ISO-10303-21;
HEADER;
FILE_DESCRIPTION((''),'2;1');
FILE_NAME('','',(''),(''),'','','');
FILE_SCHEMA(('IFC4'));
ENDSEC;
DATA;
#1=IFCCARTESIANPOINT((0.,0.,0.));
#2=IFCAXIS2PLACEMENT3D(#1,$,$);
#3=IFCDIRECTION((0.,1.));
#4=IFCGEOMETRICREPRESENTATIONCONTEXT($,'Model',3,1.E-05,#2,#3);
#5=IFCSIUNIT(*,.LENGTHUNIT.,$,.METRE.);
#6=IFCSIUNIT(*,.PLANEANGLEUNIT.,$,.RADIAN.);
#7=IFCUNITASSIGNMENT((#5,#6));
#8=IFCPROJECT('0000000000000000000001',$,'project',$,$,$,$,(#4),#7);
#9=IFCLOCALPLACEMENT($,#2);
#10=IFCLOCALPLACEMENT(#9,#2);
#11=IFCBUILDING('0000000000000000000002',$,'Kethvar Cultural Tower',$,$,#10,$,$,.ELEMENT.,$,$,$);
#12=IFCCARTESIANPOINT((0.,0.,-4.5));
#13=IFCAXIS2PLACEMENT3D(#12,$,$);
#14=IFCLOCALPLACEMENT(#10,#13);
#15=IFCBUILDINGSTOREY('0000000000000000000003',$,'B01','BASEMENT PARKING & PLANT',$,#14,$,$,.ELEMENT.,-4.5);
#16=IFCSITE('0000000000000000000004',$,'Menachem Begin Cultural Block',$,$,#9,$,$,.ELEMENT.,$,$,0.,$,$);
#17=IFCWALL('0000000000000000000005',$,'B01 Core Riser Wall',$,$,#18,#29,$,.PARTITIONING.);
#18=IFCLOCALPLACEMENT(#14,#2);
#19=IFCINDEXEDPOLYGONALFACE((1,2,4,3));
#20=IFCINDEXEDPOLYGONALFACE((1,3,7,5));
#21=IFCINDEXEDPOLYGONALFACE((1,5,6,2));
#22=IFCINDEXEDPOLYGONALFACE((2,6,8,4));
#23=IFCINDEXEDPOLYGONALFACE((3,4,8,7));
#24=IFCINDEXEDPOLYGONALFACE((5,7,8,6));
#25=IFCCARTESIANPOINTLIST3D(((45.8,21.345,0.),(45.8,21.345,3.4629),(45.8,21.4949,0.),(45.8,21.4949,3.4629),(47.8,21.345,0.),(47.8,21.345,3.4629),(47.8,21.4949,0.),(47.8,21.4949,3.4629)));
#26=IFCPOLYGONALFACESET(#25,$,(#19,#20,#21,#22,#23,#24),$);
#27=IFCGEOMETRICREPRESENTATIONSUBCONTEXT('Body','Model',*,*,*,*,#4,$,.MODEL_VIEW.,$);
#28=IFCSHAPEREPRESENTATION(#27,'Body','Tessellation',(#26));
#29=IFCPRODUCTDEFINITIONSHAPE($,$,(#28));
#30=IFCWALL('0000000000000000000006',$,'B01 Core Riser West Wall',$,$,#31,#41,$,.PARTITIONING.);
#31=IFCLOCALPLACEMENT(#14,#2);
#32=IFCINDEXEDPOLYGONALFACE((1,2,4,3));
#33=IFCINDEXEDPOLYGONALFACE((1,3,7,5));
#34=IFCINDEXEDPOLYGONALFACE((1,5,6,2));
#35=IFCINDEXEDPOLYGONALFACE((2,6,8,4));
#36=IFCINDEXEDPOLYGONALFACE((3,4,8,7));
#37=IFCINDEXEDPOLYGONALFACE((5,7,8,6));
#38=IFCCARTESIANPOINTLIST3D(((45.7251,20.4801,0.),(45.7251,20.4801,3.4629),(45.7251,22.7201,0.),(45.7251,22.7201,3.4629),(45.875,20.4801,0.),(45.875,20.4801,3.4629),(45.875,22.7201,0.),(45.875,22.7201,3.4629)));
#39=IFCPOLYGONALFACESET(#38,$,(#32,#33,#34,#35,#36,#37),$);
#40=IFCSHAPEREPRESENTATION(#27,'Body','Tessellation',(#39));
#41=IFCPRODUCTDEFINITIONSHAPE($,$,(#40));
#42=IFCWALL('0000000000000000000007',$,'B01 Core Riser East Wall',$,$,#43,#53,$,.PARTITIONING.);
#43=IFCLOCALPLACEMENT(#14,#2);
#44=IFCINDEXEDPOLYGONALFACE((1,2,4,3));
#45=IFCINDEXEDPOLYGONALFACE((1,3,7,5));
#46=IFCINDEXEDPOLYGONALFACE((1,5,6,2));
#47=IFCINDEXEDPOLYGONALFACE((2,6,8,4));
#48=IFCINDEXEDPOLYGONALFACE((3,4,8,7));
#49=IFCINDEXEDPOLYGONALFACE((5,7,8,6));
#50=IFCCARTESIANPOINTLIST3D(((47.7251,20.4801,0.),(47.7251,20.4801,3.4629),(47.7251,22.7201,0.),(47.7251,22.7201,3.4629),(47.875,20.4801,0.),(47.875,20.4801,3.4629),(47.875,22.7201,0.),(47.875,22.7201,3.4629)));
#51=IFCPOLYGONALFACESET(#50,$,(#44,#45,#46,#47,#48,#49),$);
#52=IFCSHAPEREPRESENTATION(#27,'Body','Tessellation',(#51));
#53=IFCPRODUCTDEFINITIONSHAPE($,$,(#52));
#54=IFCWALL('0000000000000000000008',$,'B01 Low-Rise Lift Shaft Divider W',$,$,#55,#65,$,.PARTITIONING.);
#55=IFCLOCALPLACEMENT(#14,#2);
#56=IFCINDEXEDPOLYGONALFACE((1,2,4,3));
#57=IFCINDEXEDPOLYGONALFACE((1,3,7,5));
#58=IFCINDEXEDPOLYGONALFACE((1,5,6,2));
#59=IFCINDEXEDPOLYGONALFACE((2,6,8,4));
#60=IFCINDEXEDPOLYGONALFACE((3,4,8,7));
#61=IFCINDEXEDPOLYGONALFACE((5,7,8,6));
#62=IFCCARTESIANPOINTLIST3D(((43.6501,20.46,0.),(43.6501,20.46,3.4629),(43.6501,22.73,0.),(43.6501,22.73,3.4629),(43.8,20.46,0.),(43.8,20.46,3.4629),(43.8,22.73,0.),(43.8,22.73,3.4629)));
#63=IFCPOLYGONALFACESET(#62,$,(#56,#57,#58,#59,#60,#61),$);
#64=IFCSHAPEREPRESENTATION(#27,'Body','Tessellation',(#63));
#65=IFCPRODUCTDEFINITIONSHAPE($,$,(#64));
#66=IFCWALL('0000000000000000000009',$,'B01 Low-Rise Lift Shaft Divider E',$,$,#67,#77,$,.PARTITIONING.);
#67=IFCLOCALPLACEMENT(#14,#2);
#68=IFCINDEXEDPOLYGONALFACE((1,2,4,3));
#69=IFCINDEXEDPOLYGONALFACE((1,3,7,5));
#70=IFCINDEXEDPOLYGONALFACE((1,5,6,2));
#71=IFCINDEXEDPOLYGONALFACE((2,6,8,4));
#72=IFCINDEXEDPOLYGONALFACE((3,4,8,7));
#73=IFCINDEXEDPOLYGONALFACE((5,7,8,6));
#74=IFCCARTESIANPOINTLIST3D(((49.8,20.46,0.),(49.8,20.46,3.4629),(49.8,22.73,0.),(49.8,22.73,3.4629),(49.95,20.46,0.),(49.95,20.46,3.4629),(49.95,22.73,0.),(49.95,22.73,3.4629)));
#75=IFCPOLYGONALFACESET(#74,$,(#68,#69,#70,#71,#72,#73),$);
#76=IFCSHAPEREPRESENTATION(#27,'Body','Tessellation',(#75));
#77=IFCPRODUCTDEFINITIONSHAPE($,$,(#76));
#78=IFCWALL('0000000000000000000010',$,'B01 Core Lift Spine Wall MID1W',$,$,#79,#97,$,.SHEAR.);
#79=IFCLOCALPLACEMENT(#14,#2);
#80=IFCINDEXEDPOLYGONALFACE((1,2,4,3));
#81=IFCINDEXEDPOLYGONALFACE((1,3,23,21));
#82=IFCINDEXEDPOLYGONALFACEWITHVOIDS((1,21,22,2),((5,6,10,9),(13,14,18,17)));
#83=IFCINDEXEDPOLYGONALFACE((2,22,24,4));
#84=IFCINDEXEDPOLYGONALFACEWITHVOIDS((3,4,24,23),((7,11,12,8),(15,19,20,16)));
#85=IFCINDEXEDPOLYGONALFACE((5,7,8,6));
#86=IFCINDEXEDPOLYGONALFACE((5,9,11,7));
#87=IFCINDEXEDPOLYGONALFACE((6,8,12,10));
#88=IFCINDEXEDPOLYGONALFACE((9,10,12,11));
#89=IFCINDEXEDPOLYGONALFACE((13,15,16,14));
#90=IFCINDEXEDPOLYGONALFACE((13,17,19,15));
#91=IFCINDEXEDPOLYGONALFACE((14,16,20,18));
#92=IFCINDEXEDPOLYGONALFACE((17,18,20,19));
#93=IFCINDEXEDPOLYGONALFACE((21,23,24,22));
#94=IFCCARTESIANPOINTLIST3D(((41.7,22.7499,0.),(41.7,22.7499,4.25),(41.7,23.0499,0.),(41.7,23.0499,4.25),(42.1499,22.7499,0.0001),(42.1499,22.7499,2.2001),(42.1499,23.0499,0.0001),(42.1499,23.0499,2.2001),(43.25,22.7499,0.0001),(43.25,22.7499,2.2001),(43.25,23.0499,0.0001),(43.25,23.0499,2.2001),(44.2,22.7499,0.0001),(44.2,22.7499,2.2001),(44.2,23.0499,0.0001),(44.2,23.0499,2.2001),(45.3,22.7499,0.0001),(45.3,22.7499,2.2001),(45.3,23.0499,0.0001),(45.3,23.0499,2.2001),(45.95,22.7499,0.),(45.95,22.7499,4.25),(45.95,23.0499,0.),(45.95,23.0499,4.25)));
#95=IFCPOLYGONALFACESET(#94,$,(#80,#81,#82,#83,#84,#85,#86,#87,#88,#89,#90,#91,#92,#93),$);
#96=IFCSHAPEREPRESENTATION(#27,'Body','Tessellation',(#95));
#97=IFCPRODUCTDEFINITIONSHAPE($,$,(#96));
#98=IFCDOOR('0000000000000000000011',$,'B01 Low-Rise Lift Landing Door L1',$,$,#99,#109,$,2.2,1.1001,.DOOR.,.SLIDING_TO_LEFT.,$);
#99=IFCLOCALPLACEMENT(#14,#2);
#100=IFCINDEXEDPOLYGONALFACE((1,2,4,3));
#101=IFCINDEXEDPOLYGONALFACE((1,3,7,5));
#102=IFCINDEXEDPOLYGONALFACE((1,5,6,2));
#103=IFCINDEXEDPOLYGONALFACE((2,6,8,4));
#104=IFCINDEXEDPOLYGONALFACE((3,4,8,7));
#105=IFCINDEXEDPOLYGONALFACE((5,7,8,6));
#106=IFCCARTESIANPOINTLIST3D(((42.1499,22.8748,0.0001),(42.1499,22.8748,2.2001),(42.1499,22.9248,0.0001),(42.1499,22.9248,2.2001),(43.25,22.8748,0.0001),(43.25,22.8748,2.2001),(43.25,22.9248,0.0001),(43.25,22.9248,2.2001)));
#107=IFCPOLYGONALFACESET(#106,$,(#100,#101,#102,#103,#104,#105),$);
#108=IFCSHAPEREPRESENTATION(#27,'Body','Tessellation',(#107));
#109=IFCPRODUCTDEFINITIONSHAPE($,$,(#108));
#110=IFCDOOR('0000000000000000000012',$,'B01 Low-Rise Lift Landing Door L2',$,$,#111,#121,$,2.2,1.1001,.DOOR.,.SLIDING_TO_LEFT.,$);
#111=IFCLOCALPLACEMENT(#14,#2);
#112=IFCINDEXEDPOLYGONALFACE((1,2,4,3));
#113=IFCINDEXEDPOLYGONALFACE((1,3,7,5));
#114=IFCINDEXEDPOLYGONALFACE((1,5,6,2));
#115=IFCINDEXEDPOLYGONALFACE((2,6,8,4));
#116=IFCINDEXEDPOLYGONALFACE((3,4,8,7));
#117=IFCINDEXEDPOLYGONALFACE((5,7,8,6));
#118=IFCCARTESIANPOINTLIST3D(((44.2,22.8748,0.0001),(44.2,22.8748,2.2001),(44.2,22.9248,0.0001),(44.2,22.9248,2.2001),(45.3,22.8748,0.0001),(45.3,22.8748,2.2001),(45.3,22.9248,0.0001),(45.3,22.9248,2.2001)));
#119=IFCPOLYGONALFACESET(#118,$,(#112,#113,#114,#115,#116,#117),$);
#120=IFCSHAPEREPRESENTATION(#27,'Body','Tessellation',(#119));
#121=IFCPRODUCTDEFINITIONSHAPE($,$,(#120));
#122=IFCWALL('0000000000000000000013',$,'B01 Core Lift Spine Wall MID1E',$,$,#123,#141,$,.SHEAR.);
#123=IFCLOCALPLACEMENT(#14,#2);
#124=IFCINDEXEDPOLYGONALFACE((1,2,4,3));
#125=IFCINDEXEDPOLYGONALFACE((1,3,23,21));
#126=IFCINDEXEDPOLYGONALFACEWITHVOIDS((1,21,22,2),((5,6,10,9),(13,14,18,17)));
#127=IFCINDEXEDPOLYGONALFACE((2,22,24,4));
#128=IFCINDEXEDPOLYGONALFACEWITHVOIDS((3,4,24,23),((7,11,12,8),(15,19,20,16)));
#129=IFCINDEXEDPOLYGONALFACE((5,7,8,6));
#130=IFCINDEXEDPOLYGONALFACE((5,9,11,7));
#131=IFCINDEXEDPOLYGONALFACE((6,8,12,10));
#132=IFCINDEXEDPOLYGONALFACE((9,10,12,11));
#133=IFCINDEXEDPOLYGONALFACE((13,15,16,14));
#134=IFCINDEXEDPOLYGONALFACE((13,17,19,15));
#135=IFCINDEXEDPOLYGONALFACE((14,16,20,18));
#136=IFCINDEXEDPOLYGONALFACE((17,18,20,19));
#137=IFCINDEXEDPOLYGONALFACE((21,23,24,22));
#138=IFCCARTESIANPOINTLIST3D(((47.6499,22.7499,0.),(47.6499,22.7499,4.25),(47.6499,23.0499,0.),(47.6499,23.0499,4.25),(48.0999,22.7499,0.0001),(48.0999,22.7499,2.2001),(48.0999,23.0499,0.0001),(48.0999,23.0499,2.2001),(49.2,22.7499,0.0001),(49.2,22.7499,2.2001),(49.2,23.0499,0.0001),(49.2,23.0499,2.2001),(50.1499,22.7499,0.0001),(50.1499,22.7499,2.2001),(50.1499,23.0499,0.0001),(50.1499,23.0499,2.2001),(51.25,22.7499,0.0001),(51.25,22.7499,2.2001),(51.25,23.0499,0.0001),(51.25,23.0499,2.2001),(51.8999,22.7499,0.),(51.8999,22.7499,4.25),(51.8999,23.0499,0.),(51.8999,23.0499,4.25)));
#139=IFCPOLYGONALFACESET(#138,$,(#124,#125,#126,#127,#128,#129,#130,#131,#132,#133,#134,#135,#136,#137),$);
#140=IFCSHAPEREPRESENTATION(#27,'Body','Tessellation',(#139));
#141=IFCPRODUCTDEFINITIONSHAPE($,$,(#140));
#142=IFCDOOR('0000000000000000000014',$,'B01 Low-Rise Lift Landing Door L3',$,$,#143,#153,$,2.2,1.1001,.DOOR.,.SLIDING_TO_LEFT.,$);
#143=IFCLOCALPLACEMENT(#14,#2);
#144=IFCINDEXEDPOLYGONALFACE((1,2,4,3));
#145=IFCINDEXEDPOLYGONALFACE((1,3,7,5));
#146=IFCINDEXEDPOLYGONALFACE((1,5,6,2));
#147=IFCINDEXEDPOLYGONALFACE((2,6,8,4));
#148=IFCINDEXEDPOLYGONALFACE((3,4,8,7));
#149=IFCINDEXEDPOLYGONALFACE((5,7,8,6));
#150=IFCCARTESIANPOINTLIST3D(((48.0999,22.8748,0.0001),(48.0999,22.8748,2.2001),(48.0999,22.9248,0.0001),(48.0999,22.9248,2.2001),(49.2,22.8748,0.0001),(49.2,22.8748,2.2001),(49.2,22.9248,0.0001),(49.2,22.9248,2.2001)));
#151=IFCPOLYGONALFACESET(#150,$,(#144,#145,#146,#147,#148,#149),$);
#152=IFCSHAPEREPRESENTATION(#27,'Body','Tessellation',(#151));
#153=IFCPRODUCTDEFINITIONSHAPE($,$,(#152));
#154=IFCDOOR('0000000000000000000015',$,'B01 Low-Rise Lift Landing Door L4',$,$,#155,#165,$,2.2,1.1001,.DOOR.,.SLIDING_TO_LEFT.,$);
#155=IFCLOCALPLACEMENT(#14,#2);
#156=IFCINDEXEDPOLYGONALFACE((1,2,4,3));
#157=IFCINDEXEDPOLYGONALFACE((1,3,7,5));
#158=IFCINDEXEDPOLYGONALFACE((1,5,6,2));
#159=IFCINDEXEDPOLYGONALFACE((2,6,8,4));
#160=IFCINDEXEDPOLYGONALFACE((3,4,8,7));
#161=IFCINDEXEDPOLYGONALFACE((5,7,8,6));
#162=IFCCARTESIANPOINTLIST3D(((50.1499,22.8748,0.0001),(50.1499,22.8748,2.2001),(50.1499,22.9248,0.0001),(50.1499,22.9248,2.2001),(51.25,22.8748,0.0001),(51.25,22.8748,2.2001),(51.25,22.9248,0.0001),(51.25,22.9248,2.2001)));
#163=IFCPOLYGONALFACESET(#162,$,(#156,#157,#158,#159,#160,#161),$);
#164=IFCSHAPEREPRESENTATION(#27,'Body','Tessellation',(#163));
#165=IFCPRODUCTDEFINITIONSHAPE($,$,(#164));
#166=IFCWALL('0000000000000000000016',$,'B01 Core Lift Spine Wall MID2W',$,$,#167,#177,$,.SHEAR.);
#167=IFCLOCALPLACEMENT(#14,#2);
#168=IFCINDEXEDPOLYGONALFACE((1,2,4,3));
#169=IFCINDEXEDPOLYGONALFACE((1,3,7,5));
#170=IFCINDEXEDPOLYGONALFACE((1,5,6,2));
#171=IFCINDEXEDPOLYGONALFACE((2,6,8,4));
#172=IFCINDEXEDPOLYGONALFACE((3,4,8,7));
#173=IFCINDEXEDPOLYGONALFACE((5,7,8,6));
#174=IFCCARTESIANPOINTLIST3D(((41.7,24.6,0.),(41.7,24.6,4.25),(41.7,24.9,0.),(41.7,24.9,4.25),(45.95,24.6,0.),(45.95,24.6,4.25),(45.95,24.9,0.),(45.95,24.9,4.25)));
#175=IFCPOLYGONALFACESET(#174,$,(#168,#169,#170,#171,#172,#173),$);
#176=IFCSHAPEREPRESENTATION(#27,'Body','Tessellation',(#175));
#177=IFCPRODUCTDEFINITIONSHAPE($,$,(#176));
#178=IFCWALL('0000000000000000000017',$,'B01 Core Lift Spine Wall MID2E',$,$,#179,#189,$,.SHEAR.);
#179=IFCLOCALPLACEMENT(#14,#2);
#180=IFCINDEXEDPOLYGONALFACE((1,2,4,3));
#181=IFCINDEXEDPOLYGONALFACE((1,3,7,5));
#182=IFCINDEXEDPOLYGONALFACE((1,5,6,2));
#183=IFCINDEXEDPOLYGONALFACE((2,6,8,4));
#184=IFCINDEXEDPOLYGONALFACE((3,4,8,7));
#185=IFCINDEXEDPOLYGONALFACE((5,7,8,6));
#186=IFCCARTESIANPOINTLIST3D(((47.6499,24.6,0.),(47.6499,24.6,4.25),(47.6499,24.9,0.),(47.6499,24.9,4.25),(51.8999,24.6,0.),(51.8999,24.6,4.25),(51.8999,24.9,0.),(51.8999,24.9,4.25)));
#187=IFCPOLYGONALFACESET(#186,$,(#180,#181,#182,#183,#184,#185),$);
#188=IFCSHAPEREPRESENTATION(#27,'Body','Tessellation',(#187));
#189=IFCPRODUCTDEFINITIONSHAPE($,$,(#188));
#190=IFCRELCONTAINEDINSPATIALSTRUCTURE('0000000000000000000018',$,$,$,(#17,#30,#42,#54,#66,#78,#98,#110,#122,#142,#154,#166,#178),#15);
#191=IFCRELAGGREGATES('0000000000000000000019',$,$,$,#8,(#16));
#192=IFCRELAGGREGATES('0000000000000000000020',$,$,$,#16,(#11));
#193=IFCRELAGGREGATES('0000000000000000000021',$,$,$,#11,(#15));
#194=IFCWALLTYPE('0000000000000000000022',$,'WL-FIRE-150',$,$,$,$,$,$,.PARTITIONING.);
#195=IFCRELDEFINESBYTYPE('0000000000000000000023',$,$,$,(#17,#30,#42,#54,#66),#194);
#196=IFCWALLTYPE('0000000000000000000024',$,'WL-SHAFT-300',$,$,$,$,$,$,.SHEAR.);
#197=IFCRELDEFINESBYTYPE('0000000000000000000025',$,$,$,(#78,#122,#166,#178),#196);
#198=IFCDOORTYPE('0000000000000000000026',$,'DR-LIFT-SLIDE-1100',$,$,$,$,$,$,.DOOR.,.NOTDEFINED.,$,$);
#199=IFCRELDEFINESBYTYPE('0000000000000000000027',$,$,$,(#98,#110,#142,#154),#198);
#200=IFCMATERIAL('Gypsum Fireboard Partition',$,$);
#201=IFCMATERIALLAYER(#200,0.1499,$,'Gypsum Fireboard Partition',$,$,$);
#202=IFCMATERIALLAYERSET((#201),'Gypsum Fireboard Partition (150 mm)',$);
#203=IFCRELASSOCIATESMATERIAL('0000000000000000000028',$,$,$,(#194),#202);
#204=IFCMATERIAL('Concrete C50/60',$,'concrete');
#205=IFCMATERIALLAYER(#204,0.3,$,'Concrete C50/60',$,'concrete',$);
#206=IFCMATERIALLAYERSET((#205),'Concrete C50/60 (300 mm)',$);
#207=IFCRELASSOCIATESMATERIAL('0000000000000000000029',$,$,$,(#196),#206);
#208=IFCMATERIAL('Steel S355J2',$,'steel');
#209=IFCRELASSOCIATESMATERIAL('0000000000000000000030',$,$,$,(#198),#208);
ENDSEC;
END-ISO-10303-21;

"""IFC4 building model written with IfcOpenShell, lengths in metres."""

from ifc_helpers import new_model, si_unit, direction, frame, frame_2d, origin, place, context, subcontext, project, spatial, rectangle, extrude, source, transform, mapped, material, layer, layer_set, type_object, element, fill, save


model = new_model("IFC4")

# Units and contexts
model_context = context("Model", 3, precision=1e-05, world=origin(), true_north=direction((0.0, 1.0)))
body_context = subcontext(model_context, "Body", "Model", "MODEL_VIEW")
ifc_project = project(units=[si_unit("LENGTHUNIT", "METRE"), si_unit("PLANEANGLEUNIT", "RADIAN")], contexts=[model_context])

# Site, building, storey
site_placement = place(None, origin())
site = spatial("IfcSite", under=ifc_project, at=site_placement, Name="Menachem Begin Cultural Block", CompositionType="ELEMENT", RefElevation=0.0)
building_placement = place(site_placement, origin())
building = spatial("IfcBuilding", under=site, at=building_placement, Name="Kethvar Cultural Tower", CompositionType="ELEMENT")
storey_placement = place(building_placement, frame((0.0, 0.0, -4.5)))
storey = spatial("IfcBuildingStorey", under=building, at=storey_placement, Name="B01", Description="BASEMENT PARKING & PLANT", CompositionType="ELEMENT", Elevation=-4.5)

# Shared definitions
ifc_material_1 = material(Name="Steel S355J2", Category="steel")

# Walls
ifc_material_2 = material(Name="Gypsum Fireboard Partition")
ifc_layer_1 = layer(ifc_material_2, 0.1499, Name="Gypsum Fireboard Partition")
ifc_layer_set_1 = layer_set([ifc_layer_1], Name="Gypsum Fireboard Partition (150 mm)")
wall_type_1 = type_object("IfcWallType", Name="WL-FIRE-150", PredefinedType="PARTITIONING", material=ifc_layer_set_1)
wall_1_placement = place(storey_placement, frame((45.8, 21.4199, 0.0), z_axis=(0.0, 0.0, 1.0), x_axis=(1.0, 0.0, 0.0)))
element("IfcWall", 1, at=wall_1_placement, inside=storey, type_object=wall_type_1, Name="B01 Core Riser Wall", PredefinedType="PARTITIONING", context=body_context, shape_type="SweptSolid", body=[
    extrude(rectangle(XDim=2.0, YDim=0.1499, at=frame_2d((1.0, 0.0))), origin(), (0.0, 0.0, 1.0), 3.4629),
])
for number, where, z_axis, x_axis, name in (
    (2, (45.8, 20.48, 0.0), (0.0, 0.0, 1.0), (0.0, 1.0, 0.0), "B01 Core Riser West Wall"),
    (3, (47.8, 20.48, 0.0), (0.0, 0.0, 1.0), (0.0, 1.0, 0.0), "B01 Core Riser East Wall"),
):
    element("IfcWall", number, at=place(storey_placement, frame(where, z_axis=z_axis, x_axis=x_axis)), inside=storey, type_object=wall_type_1, Name=name, PredefinedType="PARTITIONING", context=body_context, shape_type="SweptSolid", body=[
        extrude(rectangle(XDim=2.24, YDim=0.1499, at=frame_2d((1.1201, 0.0))), origin(), (0.0, 0.0, 1.0), 3.4629),
    ])
for number, where, z_axis, x_axis, name in (
    (4, (43.7251, 20.46, 0.0), (0.0, 0.0, 1.0), (0.0, 1.0, 0.0), "B01 Low-Rise Lift Shaft Divider W"),
    (5, (49.875, 20.46, 0.0), (0.0, 0.0, 1.0), (0.0, 1.0, 0.0), "B01 Low-Rise Lift Shaft Divider E"),
):
    element("IfcWall", number, at=place(storey_placement, frame(where, z_axis=z_axis, x_axis=x_axis)), inside=storey, type_object=wall_type_1, Name=name, PredefinedType="PARTITIONING", context=body_context, shape_type="SweptSolid", body=[
        extrude(rectangle(XDim=2.27, YDim=0.1499, at=frame_2d((1.135, 0.0))), origin(), (0.0, 0.0, 1.0), 3.4629),
    ])

# Walls, openings, doors
ifc_material_3 = material(Name="Concrete C50/60", Category="concrete")
ifc_layer_2 = layer(ifc_material_3, 0.3, Name="Concrete C50/60", Category="concrete")
ifc_layer_set_2 = layer_set([ifc_layer_2], Name="Concrete C50/60 (300 mm)")
wall_type_2 = type_object("IfcWallType", Name="WL-SHAFT-300", PredefinedType="SHEAR", material=ifc_layer_set_2)
wall_2_placement = place(storey_placement, frame((41.7, 22.8999, 0.0), z_axis=(0.0, 0.0, 1.0), x_axis=(1.0, 0.0, 0.0)))
wall_2 = element("IfcWall", 6, at=wall_2_placement, inside=storey, type_object=wall_type_2, Name="B01 Core Lift Spine Wall MID1W", PredefinedType="SHEAR", context=body_context, shape_type="SweptSolid", body=[
    extrude(rectangle(XDim=4.25, YDim=0.3, at=frame_2d((2.125, 0.0))), origin(), (0.0, 0.0, 1.0), 4.25),
])
opening_1_placement = place(wall_2_placement, frame((0.45, 0.0, 0.0)))
opening_1 = element("IfcOpeningElement", 7, at=opening_1_placement, cuts=wall_2, PredefinedType="OPENING", context=body_context, shape_type="SweptSolid", body=[
    extrude(rectangle(XDim=1.1001, YDim=2.2, at=frame_2d((0.55, 1.1001))), frame((0.0, 0.1599, 0.0), z_axis=(0.0, -1.0, 0.0), x_axis=(1.0, 0.0, 0.0)), (0.0, 0.0, 1.0), 0.3201),
])
opening_2_placement = place(wall_2_placement, frame((2.5, 0.0, 0.0)))
opening_2 = element("IfcOpeningElement", 8, at=opening_2_placement, cuts=wall_2, PredefinedType="OPENING", context=body_context, shape_type="SweptSolid", body=[
    extrude(rectangle(XDim=1.1001, YDim=2.2, at=frame_2d((0.55, 1.1001))), frame((0.0, 0.1599, 0.0), z_axis=(0.0, -1.0, 0.0), x_axis=(1.0, 0.0, 0.0)), (0.0, 0.0, 1.0), 0.3201),
])
door_type = type_object("IfcDoorType", Name="DR-LIFT-SLIDE-1100", OperationType="NOTDEFINED", PredefinedType="DOOR", material=ifc_material_1)
shared_shape_1 = source(origin(), body_context, "Body", "SweptSolid", [
    extrude(rectangle(XDim=1.1001, YDim=2.2, at=frame_2d((0.55, 1.1001))), frame((0.0, 0.0249, 0.0), z_axis=(0.0, -1.0, 0.0), x_axis=(1.0, 0.0, 0.0)), (0.0, 0.0, 1.0), 0.05),
])
door_1_placement = place(opening_1_placement, origin())
door_1 = element("IfcDoor", 9, at=door_1_placement, inside=storey, type_object=door_type, Name="B01 Low-Rise Lift Landing Door L1", OperationType="SLIDING_TO_LEFT", OverallHeight=2.2, OverallWidth=1.1001, PredefinedType="DOOR", context=body_context, shape_type="MappedRepresentation", body=[
    mapped(shared_shape_1, transform((0.0, 0.0, 0.0), scale=1.0)),
])
fill(opening_1, door_1)
door_2_placement = place(opening_2_placement, origin())
door_2 = element("IfcDoor", 10, at=door_2_placement, inside=storey, type_object=door_type, Name="B01 Low-Rise Lift Landing Door L2", OperationType="SLIDING_TO_LEFT", OverallHeight=2.2, OverallWidth=1.1001, PredefinedType="DOOR", context=body_context, shape_type="MappedRepresentation", body=[
    mapped(shared_shape_1, transform((0.0, 0.0, 0.0), scale=1.0)),
])
fill(opening_2, door_2)
wall_3_placement = place(storey_placement, frame((47.6499, 22.8999, 0.0), z_axis=(0.0, 0.0, 1.0), x_axis=(1.0, 0.0, 0.0)))
wall_3 = element("IfcWall", 11, at=wall_3_placement, inside=storey, type_object=wall_type_2, Name="B01 Core Lift Spine Wall MID1E", PredefinedType="SHEAR", context=body_context, shape_type="SweptSolid", body=[
    extrude(rectangle(XDim=4.25, YDim=0.3, at=frame_2d((2.125, 0.0))), origin(), (0.0, 0.0, 1.0), 4.25),
])
opening_3_placement = place(wall_3_placement, frame((0.45, 0.0, 0.0)))
opening_3 = element("IfcOpeningElement", 12, at=opening_3_placement, cuts=wall_3, PredefinedType="OPENING", context=body_context, shape_type="SweptSolid", body=[
    extrude(rectangle(XDim=1.1001, YDim=2.2, at=frame_2d((0.55, 1.1001))), frame((0.0, 0.1599, 0.0), z_axis=(0.0, -1.0, 0.0), x_axis=(1.0, 0.0, 0.0)), (0.0, 0.0, 1.0), 0.3201),
])
opening_4_placement = place(wall_3_placement, frame((2.5, 0.0, 0.0)))
opening_4 = element("IfcOpeningElement", 13, at=opening_4_placement, cuts=wall_3, PredefinedType="OPENING", context=body_context, shape_type="SweptSolid", body=[
    extrude(rectangle(XDim=1.1001, YDim=2.2, at=frame_2d((0.55, 1.1001))), frame((0.0, 0.1599, 0.0), z_axis=(0.0, -1.0, 0.0), x_axis=(1.0, 0.0, 0.0)), (0.0, 0.0, 1.0), 0.3201),
])
door_3_placement = place(opening_3_placement, origin())
door_3 = element("IfcDoor", 14, at=door_3_placement, inside=storey, type_object=door_type, Name="B01 Low-Rise Lift Landing Door L3", OperationType="SLIDING_TO_LEFT", OverallHeight=2.2, OverallWidth=1.1001, PredefinedType="DOOR", context=body_context, shape_type="MappedRepresentation", body=[
    mapped(shared_shape_1, transform((0.0, 0.0, 0.0), scale=1.0)),
])
fill(opening_3, door_3)
door_4_placement = place(opening_4_placement, origin())
door_4 = element("IfcDoor", 15, at=door_4_placement, inside=storey, type_object=door_type, Name="B01 Low-Rise Lift Landing Door L4", OperationType="SLIDING_TO_LEFT", OverallHeight=2.2, OverallWidth=1.1001, PredefinedType="DOOR", context=body_context, shape_type="MappedRepresentation", body=[
    mapped(shared_shape_1, transform((0.0, 0.0, 0.0), scale=1.0)),
])
fill(opening_4, door_4)

# Walls
for number, where, z_axis, x_axis, name in (
    (16, (41.7, 24.75, 0.0), (0.0, 0.0, 1.0), (1.0, 0.0, 0.0), "B01 Core Lift Spine Wall MID2W"),
    (17, (47.6499, 24.75, 0.0), (0.0, 0.0, 1.0), (1.0, 0.0, 0.0), "B01 Core Lift Spine Wall MID2E"),
):
    element("IfcWall", number, at=place(storey_placement, frame(where, z_axis=z_axis, x_axis=x_axis)), inside=storey, type_object=wall_type_2, Name=name, PredefinedType="SHEAR", context=body_context, shape_type="SweptSolid", body=[
        extrude(rectangle(XDim=4.25, YDim=0.3, at=frame_2d((2.125, 0.0))), origin(), (0.0, 0.0, 1.0), 4.25),
    ])

save(model, "model.ifc")
